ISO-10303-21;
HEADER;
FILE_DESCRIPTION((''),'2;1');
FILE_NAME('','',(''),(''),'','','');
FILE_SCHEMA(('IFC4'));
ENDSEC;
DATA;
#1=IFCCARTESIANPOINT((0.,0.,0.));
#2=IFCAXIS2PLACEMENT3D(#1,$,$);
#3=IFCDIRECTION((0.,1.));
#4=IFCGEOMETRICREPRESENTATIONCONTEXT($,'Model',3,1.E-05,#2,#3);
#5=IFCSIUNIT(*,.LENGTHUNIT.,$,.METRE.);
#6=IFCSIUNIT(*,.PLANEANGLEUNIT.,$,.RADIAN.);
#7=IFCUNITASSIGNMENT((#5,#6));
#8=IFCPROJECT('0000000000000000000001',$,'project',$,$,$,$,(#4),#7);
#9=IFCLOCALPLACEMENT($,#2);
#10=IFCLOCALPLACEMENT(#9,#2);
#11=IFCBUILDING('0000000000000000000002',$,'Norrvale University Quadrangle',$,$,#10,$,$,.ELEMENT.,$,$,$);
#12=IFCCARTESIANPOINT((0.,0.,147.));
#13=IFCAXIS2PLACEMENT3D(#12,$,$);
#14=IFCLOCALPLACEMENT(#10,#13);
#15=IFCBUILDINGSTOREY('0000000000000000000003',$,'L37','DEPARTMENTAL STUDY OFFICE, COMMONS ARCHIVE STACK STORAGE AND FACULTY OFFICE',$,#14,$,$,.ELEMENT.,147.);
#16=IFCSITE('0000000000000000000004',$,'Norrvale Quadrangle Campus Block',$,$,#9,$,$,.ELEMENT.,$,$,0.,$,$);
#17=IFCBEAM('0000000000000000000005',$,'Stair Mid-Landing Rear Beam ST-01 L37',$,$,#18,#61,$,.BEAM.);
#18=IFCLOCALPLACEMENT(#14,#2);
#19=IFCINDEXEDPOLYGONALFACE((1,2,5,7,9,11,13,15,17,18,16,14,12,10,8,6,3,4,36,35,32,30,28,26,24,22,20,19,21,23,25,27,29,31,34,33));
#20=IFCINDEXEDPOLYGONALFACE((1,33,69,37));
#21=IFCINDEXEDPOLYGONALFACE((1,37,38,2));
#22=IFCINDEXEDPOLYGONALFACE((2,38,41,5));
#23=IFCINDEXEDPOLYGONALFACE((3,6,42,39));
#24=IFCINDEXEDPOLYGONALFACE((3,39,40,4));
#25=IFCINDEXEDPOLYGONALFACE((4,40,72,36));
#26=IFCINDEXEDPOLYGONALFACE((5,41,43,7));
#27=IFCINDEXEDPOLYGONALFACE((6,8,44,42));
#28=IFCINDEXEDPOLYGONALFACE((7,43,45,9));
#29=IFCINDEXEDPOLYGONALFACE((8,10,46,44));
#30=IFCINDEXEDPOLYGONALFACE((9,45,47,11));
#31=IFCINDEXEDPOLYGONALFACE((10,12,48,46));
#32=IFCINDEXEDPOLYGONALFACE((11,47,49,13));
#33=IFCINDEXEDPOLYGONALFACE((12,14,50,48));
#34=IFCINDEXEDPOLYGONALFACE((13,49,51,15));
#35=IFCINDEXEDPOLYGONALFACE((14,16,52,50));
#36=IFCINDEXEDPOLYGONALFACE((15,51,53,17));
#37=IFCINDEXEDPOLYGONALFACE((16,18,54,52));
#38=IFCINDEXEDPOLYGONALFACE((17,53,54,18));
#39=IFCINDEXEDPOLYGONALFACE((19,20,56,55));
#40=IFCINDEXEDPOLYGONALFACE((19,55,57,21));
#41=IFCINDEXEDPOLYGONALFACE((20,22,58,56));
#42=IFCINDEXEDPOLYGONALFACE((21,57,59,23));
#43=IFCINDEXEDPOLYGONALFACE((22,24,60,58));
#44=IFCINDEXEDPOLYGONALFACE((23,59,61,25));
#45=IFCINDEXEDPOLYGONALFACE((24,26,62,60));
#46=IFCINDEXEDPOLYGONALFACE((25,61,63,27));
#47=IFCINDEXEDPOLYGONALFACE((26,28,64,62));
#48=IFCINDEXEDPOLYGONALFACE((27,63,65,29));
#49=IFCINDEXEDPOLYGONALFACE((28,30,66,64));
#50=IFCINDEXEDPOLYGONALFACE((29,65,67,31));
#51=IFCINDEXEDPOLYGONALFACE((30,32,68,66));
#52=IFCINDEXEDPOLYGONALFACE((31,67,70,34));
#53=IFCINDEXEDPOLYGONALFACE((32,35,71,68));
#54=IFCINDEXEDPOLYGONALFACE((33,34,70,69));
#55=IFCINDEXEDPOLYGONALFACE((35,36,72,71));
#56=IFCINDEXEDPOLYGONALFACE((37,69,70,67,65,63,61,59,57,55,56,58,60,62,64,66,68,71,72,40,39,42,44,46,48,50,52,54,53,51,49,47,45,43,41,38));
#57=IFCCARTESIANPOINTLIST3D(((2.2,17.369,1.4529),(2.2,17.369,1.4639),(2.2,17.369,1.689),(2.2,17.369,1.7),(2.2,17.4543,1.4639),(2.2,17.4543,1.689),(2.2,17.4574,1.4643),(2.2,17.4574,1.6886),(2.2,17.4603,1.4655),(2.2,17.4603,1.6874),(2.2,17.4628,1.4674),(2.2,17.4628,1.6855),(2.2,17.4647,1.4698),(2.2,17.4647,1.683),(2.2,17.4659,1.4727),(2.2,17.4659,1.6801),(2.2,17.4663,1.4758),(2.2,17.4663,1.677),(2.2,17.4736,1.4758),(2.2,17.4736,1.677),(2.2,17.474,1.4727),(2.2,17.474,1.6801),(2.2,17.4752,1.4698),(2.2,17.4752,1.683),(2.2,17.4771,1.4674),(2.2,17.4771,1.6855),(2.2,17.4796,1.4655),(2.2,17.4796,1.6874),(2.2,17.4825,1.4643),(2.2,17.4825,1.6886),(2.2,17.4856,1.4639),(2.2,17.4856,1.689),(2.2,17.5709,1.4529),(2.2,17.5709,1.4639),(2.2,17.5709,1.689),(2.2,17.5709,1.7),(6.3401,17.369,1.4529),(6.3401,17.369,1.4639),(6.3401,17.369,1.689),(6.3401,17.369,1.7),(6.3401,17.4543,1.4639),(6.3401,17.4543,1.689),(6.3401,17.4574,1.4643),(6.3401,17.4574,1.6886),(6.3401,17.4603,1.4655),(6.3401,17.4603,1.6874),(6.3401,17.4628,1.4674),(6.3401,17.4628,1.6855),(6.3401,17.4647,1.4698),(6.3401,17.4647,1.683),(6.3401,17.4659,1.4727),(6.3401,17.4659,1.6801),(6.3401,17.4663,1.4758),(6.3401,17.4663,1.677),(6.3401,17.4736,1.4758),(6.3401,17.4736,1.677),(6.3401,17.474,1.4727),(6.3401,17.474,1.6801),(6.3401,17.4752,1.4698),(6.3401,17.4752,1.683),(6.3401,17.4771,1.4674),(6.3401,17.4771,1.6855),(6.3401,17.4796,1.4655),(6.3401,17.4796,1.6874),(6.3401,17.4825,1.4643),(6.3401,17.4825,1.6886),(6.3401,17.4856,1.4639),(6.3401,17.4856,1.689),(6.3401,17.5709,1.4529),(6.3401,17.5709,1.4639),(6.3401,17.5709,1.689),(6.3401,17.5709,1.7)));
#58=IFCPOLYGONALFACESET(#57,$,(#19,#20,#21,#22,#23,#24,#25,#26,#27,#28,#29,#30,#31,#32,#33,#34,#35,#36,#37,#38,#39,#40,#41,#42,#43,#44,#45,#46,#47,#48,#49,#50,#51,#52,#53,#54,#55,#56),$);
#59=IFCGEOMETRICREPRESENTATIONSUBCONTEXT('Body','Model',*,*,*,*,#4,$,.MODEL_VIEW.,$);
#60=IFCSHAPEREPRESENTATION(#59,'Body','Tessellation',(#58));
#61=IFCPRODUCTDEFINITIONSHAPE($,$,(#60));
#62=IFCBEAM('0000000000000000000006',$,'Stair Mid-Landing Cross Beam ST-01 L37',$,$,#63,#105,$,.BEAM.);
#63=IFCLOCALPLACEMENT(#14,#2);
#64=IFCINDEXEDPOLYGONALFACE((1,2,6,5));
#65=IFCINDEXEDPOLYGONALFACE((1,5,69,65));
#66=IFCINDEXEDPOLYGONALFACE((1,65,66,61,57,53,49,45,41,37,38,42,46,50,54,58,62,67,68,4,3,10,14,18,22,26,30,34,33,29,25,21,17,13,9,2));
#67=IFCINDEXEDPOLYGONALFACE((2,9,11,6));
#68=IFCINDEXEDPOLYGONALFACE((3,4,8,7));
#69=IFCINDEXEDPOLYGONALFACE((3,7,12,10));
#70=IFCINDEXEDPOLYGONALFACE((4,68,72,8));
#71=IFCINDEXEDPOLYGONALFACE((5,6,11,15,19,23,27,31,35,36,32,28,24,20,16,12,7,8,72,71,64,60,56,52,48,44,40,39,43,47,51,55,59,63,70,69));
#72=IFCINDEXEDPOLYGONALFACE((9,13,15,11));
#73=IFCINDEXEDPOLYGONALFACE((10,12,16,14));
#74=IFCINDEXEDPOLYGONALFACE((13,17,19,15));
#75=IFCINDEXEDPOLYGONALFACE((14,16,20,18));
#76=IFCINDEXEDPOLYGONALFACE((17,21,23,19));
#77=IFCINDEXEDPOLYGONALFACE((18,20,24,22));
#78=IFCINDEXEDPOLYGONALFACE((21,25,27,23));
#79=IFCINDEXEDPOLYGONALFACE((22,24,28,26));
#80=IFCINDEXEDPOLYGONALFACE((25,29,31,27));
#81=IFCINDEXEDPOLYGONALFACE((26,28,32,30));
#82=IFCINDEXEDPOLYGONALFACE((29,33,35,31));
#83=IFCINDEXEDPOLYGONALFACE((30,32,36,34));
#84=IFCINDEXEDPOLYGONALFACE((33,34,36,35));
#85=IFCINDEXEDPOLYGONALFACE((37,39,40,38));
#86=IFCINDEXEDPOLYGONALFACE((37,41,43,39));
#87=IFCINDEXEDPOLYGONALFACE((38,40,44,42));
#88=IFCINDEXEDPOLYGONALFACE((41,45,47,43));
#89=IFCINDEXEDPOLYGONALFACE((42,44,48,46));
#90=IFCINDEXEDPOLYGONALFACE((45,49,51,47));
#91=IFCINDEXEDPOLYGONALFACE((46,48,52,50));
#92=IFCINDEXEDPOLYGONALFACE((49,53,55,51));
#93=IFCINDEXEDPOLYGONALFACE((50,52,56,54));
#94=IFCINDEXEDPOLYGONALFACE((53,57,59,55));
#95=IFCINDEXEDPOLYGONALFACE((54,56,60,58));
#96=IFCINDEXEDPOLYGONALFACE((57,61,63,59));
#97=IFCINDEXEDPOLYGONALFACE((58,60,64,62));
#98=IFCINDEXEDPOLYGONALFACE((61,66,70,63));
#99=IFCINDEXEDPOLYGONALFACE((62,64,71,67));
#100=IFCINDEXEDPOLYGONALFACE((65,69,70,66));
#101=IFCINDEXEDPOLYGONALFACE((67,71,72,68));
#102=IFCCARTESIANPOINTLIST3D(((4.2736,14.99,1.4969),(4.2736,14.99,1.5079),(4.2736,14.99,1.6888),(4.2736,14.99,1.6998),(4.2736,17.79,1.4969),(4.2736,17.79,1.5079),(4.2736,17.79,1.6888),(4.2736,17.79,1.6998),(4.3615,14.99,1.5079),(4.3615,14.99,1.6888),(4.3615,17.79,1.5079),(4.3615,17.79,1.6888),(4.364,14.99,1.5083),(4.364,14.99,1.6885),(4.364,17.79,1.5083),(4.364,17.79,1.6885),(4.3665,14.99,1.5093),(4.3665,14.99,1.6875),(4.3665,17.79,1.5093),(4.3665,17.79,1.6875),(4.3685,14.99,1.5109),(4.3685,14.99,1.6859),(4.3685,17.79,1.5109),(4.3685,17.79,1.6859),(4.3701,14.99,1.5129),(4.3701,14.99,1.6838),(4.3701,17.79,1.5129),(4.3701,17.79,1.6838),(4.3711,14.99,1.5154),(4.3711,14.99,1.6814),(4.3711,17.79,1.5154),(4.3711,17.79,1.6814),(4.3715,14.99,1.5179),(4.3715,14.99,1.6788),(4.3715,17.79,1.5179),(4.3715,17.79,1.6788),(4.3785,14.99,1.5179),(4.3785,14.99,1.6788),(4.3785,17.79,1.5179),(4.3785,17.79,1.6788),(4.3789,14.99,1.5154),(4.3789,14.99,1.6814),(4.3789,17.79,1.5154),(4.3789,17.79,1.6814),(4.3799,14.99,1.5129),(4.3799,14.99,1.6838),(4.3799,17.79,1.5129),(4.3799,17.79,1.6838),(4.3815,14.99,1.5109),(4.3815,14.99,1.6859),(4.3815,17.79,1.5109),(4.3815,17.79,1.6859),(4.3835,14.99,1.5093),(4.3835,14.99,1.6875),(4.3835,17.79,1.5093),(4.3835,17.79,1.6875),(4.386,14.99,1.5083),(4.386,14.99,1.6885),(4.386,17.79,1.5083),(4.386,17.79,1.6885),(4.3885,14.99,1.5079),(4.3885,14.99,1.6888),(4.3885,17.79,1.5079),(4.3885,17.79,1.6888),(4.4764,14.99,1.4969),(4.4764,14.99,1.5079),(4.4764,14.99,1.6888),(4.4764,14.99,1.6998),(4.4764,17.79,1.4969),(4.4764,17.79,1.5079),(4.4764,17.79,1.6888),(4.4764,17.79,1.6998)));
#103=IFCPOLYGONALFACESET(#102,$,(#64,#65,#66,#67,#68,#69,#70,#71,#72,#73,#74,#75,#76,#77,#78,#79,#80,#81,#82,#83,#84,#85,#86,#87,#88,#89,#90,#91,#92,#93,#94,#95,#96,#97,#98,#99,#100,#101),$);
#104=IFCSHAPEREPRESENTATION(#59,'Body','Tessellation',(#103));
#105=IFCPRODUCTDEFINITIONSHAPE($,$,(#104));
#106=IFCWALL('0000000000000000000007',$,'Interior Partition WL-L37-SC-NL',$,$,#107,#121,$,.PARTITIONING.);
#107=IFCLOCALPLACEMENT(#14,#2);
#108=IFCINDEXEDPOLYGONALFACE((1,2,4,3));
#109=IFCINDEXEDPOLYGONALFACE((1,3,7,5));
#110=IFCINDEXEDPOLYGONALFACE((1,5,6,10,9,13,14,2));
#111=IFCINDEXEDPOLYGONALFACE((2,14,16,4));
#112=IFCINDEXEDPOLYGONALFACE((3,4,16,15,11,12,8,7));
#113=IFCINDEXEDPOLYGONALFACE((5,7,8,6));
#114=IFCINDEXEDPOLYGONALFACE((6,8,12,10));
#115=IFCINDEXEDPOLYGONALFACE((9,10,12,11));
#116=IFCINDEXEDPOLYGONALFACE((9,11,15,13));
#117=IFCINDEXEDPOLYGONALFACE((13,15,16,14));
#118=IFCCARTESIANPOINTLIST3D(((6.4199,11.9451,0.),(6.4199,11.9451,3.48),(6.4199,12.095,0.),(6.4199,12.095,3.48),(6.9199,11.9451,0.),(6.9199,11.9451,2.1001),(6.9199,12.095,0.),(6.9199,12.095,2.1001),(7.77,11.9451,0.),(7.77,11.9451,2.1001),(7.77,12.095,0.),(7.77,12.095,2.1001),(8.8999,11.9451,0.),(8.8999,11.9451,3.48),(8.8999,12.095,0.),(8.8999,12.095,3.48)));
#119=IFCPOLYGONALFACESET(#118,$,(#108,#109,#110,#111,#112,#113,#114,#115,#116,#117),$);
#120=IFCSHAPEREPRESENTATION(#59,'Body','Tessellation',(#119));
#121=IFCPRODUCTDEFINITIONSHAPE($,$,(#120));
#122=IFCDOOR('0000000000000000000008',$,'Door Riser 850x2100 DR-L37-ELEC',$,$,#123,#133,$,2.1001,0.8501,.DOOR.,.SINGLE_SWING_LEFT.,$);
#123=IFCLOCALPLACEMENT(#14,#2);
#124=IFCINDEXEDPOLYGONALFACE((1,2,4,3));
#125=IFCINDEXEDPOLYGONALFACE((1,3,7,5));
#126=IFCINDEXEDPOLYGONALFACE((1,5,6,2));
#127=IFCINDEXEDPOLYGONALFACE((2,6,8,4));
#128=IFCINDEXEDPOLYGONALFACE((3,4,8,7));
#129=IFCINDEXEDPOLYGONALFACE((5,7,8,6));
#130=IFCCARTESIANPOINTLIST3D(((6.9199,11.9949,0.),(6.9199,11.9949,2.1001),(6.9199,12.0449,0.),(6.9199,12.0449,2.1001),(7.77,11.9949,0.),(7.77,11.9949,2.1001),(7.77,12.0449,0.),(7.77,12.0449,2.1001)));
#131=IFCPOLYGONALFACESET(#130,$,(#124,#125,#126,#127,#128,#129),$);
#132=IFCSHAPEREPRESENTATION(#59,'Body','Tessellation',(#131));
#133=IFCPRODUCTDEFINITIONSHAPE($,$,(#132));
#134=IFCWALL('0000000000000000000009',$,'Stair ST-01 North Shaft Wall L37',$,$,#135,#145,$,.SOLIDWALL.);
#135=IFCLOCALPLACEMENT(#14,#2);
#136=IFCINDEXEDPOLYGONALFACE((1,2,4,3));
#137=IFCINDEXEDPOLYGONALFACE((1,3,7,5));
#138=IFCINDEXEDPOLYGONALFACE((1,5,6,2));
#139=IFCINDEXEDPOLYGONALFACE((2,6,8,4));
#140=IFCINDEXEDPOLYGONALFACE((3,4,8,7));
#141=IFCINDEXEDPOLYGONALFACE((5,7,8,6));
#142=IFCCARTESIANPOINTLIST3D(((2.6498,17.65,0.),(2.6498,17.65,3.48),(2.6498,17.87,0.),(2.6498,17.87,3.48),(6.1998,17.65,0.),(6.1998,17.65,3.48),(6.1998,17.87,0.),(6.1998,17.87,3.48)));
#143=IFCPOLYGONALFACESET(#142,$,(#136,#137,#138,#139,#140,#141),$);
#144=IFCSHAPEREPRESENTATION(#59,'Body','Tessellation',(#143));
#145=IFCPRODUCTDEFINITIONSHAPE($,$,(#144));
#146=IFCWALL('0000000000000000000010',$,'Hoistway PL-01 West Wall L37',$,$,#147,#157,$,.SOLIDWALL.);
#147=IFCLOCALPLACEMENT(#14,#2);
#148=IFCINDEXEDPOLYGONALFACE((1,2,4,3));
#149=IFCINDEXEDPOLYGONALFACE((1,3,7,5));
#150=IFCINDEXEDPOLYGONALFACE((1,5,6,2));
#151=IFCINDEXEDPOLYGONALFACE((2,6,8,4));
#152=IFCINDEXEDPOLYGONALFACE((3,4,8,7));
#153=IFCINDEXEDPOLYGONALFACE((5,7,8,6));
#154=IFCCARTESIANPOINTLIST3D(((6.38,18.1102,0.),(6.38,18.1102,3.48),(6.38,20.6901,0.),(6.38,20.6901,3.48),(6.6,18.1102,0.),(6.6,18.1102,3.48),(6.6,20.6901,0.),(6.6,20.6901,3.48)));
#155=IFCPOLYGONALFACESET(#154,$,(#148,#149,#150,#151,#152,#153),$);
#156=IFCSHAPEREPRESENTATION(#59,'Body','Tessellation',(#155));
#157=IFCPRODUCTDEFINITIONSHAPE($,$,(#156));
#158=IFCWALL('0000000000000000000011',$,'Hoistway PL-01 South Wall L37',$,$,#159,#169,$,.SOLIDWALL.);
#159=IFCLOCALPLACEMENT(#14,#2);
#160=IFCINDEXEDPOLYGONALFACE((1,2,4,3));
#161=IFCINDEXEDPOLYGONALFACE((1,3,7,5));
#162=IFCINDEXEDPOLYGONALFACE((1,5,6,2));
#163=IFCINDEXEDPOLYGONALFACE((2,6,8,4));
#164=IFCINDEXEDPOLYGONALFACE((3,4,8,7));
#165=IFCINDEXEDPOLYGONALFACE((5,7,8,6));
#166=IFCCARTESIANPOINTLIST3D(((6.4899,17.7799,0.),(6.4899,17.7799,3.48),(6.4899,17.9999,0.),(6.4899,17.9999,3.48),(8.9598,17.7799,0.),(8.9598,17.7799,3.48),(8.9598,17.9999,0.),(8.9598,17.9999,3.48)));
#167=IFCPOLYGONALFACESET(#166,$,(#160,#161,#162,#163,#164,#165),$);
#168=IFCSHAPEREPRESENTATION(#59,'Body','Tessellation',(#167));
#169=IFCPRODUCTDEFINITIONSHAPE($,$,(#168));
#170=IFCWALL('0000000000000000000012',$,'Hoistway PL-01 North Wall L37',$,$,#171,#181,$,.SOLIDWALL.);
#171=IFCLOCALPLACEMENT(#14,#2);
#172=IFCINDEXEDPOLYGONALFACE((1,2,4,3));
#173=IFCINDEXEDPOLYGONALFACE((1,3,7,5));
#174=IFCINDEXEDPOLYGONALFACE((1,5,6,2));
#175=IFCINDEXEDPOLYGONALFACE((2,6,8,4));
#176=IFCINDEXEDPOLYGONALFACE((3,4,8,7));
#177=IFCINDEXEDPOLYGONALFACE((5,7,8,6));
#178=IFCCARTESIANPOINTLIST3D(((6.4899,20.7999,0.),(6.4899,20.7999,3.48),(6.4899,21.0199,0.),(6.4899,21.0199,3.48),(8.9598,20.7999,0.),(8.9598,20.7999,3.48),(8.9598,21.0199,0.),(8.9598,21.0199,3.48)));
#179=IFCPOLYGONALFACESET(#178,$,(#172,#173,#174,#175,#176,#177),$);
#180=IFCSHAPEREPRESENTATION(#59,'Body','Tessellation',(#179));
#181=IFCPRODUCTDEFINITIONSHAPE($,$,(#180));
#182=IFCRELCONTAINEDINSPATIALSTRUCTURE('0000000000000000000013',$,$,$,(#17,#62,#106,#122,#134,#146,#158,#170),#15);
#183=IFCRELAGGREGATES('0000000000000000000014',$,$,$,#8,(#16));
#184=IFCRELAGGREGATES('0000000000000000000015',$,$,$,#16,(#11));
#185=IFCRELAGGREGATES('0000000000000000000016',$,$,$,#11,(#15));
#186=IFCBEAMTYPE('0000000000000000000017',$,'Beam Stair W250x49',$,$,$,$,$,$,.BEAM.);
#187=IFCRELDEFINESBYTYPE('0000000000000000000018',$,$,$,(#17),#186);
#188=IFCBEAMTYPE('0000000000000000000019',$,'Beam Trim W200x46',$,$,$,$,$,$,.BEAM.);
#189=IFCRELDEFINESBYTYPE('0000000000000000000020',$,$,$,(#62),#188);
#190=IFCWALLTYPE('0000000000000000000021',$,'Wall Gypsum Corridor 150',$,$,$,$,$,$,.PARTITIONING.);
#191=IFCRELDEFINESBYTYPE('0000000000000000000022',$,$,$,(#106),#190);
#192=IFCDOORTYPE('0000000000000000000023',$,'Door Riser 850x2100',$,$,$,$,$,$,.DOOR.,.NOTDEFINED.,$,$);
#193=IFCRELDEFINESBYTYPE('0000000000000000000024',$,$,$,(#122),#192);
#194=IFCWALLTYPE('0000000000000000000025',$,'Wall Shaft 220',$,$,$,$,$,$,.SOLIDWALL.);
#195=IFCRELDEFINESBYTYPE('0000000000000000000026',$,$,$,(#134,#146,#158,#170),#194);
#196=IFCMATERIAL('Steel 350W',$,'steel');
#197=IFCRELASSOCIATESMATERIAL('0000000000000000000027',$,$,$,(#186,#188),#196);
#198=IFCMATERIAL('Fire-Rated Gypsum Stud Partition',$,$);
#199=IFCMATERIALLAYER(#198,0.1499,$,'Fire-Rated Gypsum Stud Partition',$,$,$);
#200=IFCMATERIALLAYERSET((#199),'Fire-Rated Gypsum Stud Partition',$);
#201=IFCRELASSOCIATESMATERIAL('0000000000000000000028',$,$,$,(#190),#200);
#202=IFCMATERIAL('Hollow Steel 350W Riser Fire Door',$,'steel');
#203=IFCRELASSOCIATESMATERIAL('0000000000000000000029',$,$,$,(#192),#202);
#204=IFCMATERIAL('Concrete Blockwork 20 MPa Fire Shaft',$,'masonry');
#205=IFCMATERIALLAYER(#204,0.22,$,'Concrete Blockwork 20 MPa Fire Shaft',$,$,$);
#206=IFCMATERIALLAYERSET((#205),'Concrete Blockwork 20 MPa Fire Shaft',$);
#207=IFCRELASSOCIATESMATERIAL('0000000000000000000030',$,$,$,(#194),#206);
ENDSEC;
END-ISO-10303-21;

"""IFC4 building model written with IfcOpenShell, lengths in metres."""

from ifc_helpers import new_model, si_unit, direction, frame, frame_2d, origin, origin_2d, place, context, subcontext, project, spatial, rectangle, i_section, extrude, material, layer, layer_set, material_profile, profile_set, type_object, element, fill, save


model = new_model("IFC4")

# Units and contexts
model_context = context("Model", 3, precision=1e-05, world=origin(), true_north=direction((0.0, 1.0)))
body_context = subcontext(model_context, "Body", "Model", "MODEL_VIEW")
ifc_project = project(units=[si_unit("LENGTHUNIT", "METRE"), si_unit("PLANEANGLEUNIT", "RADIAN")], contexts=[model_context])

# Site, building, storey
site_placement = place(None, origin())
site = spatial("IfcSite", under=ifc_project, at=site_placement, Name="Norrvale Quadrangle Campus Block", CompositionType="ELEMENT", RefElevation=0.0)
building_placement = place(site_placement, origin())
building = spatial("IfcBuilding", under=site, at=building_placement, Name="Norrvale University Quadrangle", CompositionType="ELEMENT")
storey_placement = place(building_placement, frame((0.0, 0.0, 147.0)))
storey = spatial("IfcBuildingStorey", under=building, at=storey_placement, Name="L37", Description="DEPARTMENTAL STUDY OFFICE, COMMONS ARCHIVE STACK STORAGE AND FACULTY OFFICE", CompositionType="ELEMENT", Elevation=147.0)

# Beams
ifc_material_1 = material(Name="Steel 350W", Category="steel")
ifc_material_profile_1 = material_profile(ifc_material_1, i_section(OverallWidth=0.2019, OverallDepth=0.2471, WebThickness=0.0073, FlangeThickness=0.011, FilletRadius=0.012, at=origin_2d()), Name="Steel 350W")
ifc_profile_set_1 = profile_set([ifc_material_profile_1], Name="Steel 350W")
beam_type_1 = type_object("IfcBeamType", Name="Beam Stair W250x49", PredefinedType="BEAM", material=ifc_profile_set_1)
for number, where, z_axis, x_axis, name in (
    (1, (2.2, 17.47, 1.5764), (1.0, 0.0, 0.0), (0.0, 1.0, 0.0), "Stair Mid-Landing Rear Beam ST-01 L37"),
):
    element("IfcBeam", number, at=place(storey_placement, frame(where, z_axis=z_axis, x_axis=x_axis)), inside=storey, type_object=beam_type_1, Name=name, PredefinedType="BEAM", context=body_context, shape_type="SweptSolid", body=[
        extrude(i_section(OverallWidth=0.2019, OverallDepth=0.2471, WebThickness=0.0073, FlangeThickness=0.011, FilletRadius=0.012, at=origin_2d()), origin(), (0.0, 0.0, 1.0), 4.1401),
    ])
ifc_material_profile_2 = material_profile(ifc_material_1, i_section(OverallWidth=0.2029, OverallDepth=0.2029, WebThickness=0.0071, FlangeThickness=0.011, FilletRadius=0.01, at=origin_2d()), Name="Steel 350W")
ifc_profile_set_2 = profile_set([ifc_material_profile_2], Name="Steel 350W")
beam_type_2 = type_object("IfcBeamType", Name="Beam Trim W200x46", PredefinedType="BEAM", material=ifc_profile_set_2)
beam_1_placement = place(storey_placement, frame((4.375, 14.99, 1.5984), z_axis=(0.0, 1.0, 0.0), x_axis=(-1.0, 0.0, 0.0)))
element("IfcBeam", 2, at=beam_1_placement, inside=storey, type_object=beam_type_2, Name="Stair Mid-Landing Cross Beam ST-01 L37", PredefinedType="BEAM", context=body_context, shape_type="SweptSolid", body=[
    extrude(i_section(OverallWidth=0.2029, OverallDepth=0.2029, WebThickness=0.0071, FlangeThickness=0.011, FilletRadius=0.01, at=origin_2d()), origin(), (0.0, 0.0, 1.0), 2.8),
])

# Wall, opening, door
ifc_material_2 = material(Name="Fire-Rated Gypsum Stud Partition")
ifc_layer_1 = layer(ifc_material_2, 0.1499, Name="Fire-Rated Gypsum Stud Partition")
ifc_layer_set_1 = layer_set([ifc_layer_1], Name="Fire-Rated Gypsum Stud Partition")
wall_type_1 = type_object("IfcWallType", Name="Wall Gypsum Corridor 150", PredefinedType="PARTITIONING", material=ifc_layer_set_1)
wall_1_placement = place(storey_placement, frame((6.4199, 12.02, 0.0), z_axis=(0.0, 0.0, 1.0), x_axis=(1.0, 0.0, 0.0)))
wall_1 = element("IfcWall", 3, at=wall_1_placement, inside=storey, type_object=wall_type_1, Name="Interior Partition WL-L37-SC-NL", PredefinedType="PARTITIONING", context=body_context, shape_type="SweptSolid", body=[
    extrude(rectangle(XDim=2.48, YDim=0.1499, at=frame_2d((1.24, 0.0))), origin(), (0.0, 0.0, 1.0), 3.48),
])
opening_placement = place(wall_1_placement, frame((0.5, 0.0, 0.0)))
opening = element("IfcOpeningElement", 4, at=opening_placement, cuts=wall_1, PredefinedType="OPENING", context=body_context, shape_type="SweptSolid", body=[
    extrude(rectangle(XDim=0.8501, YDim=2.1001, at=frame_2d((0.425, 1.05))), frame((0.0, 0.0869, 0.0), z_axis=(0.0, -1.0, 0.0), x_axis=(1.0, 0.0, 0.0)), (0.0, 0.0, 1.0), 0.1738),
])
ifc_material_3 = material(Name="Hollow Steel 350W Riser Fire Door", Category="steel")
door_type = type_object("IfcDoorType", Name="Door Riser 850x2100", OperationType="NOTDEFINED", PredefinedType="DOOR", material=ifc_material_3)
door_placement = place(opening_placement, origin())
door = element("IfcDoor", 5, at=door_placement, inside=storey, type_object=door_type, Name="Door Riser 850x2100 DR-L37-ELEC", OperationType="SINGLE_SWING_LEFT", OverallHeight=2.1001, OverallWidth=0.8501, PredefinedType="DOOR", context=body_context, shape_type="SweptSolid", body=[
    extrude(rectangle(XDim=0.8501, YDim=2.1001, at=frame_2d((0.425, 1.05))), frame((0.0, 0.0249, 0.0), z_axis=(0.0, -1.0, 0.0), x_axis=(1.0, 0.0, 0.0)), (0.0, 0.0, 1.0), 0.05),
])
fill(opening, door)

# Walls
ifc_material_4 = material(Name="Concrete Blockwork 20 MPa Fire Shaft", Category="masonry")
ifc_layer_2 = layer(ifc_material_4, 0.22, Name="Concrete Blockwork 20 MPa Fire Shaft")
ifc_layer_set_2 = layer_set([ifc_layer_2], Name="Concrete Blockwork 20 MPa Fire Shaft")
wall_type_2 = type_object("IfcWallType", Name="Wall Shaft 220", PredefinedType="SOLIDWALL", material=ifc_layer_set_2)
wall_2_placement = place(storey_placement, frame((2.6499, 17.76, 0.0), z_axis=(0.0, 0.0, 1.0), x_axis=(1.0, 0.0, 0.0)))
element("IfcWall", 6, at=wall_2_placement, inside=storey, type_object=wall_type_2, Name="Stair ST-01 North Shaft Wall L37", PredefinedType="SOLIDWALL", context=body_context, shape_type="SweptSolid", body=[
    extrude(rectangle(XDim=3.55, YDim=0.22, at=frame_2d((1.7749, 0.0))), origin(), (0.0, 0.0, 1.0), 3.48),
])
wall_3_placement = place(storey_placement, frame((6.49, 18.1101, 0.0), z_axis=(0.0, 0.0, 1.0), x_axis=(0.0, 1.0, 0.0)))
element("IfcWall", 7, at=wall_3_placement, inside=storey, type_object=wall_type_2, Name="Hoistway PL-01 West Wall L37", PredefinedType="SOLIDWALL", context=body_context, shape_type="SweptSolid", body=[
    extrude(rectangle(XDim=2.5798, YDim=0.22, at=frame_2d((1.29, 0.0))), origin(), (0.0, 0.0, 1.0), 3.48),
])
for number, where, z_axis, x_axis, name in (
    (8, (6.49, 17.8899, 0.0), (0.0, 0.0, 1.0), (1.0, 0.0, 0.0), "Hoistway PL-01 South Wall L37"),
    (9, (6.49, 20.9099, 0.0), (0.0, 0.0, 1.0), (1.0, 0.0, 0.0), "Hoistway PL-01 North Wall L37"),
):
    element("IfcWall", number, at=place(storey_placement, frame(where, z_axis=z_axis, x_axis=x_axis)), inside=storey, type_object=wall_type_2, Name=name, PredefinedType="SOLIDWALL", context=body_context, shape_type="SweptSolid", body=[
        extrude(rectangle(XDim=2.47, YDim=0.22, at=frame_2d((1.2349, 0.0))), origin(), (0.0, 0.0, 1.0), 3.48),
    ])

save(model, "model.ifc")
